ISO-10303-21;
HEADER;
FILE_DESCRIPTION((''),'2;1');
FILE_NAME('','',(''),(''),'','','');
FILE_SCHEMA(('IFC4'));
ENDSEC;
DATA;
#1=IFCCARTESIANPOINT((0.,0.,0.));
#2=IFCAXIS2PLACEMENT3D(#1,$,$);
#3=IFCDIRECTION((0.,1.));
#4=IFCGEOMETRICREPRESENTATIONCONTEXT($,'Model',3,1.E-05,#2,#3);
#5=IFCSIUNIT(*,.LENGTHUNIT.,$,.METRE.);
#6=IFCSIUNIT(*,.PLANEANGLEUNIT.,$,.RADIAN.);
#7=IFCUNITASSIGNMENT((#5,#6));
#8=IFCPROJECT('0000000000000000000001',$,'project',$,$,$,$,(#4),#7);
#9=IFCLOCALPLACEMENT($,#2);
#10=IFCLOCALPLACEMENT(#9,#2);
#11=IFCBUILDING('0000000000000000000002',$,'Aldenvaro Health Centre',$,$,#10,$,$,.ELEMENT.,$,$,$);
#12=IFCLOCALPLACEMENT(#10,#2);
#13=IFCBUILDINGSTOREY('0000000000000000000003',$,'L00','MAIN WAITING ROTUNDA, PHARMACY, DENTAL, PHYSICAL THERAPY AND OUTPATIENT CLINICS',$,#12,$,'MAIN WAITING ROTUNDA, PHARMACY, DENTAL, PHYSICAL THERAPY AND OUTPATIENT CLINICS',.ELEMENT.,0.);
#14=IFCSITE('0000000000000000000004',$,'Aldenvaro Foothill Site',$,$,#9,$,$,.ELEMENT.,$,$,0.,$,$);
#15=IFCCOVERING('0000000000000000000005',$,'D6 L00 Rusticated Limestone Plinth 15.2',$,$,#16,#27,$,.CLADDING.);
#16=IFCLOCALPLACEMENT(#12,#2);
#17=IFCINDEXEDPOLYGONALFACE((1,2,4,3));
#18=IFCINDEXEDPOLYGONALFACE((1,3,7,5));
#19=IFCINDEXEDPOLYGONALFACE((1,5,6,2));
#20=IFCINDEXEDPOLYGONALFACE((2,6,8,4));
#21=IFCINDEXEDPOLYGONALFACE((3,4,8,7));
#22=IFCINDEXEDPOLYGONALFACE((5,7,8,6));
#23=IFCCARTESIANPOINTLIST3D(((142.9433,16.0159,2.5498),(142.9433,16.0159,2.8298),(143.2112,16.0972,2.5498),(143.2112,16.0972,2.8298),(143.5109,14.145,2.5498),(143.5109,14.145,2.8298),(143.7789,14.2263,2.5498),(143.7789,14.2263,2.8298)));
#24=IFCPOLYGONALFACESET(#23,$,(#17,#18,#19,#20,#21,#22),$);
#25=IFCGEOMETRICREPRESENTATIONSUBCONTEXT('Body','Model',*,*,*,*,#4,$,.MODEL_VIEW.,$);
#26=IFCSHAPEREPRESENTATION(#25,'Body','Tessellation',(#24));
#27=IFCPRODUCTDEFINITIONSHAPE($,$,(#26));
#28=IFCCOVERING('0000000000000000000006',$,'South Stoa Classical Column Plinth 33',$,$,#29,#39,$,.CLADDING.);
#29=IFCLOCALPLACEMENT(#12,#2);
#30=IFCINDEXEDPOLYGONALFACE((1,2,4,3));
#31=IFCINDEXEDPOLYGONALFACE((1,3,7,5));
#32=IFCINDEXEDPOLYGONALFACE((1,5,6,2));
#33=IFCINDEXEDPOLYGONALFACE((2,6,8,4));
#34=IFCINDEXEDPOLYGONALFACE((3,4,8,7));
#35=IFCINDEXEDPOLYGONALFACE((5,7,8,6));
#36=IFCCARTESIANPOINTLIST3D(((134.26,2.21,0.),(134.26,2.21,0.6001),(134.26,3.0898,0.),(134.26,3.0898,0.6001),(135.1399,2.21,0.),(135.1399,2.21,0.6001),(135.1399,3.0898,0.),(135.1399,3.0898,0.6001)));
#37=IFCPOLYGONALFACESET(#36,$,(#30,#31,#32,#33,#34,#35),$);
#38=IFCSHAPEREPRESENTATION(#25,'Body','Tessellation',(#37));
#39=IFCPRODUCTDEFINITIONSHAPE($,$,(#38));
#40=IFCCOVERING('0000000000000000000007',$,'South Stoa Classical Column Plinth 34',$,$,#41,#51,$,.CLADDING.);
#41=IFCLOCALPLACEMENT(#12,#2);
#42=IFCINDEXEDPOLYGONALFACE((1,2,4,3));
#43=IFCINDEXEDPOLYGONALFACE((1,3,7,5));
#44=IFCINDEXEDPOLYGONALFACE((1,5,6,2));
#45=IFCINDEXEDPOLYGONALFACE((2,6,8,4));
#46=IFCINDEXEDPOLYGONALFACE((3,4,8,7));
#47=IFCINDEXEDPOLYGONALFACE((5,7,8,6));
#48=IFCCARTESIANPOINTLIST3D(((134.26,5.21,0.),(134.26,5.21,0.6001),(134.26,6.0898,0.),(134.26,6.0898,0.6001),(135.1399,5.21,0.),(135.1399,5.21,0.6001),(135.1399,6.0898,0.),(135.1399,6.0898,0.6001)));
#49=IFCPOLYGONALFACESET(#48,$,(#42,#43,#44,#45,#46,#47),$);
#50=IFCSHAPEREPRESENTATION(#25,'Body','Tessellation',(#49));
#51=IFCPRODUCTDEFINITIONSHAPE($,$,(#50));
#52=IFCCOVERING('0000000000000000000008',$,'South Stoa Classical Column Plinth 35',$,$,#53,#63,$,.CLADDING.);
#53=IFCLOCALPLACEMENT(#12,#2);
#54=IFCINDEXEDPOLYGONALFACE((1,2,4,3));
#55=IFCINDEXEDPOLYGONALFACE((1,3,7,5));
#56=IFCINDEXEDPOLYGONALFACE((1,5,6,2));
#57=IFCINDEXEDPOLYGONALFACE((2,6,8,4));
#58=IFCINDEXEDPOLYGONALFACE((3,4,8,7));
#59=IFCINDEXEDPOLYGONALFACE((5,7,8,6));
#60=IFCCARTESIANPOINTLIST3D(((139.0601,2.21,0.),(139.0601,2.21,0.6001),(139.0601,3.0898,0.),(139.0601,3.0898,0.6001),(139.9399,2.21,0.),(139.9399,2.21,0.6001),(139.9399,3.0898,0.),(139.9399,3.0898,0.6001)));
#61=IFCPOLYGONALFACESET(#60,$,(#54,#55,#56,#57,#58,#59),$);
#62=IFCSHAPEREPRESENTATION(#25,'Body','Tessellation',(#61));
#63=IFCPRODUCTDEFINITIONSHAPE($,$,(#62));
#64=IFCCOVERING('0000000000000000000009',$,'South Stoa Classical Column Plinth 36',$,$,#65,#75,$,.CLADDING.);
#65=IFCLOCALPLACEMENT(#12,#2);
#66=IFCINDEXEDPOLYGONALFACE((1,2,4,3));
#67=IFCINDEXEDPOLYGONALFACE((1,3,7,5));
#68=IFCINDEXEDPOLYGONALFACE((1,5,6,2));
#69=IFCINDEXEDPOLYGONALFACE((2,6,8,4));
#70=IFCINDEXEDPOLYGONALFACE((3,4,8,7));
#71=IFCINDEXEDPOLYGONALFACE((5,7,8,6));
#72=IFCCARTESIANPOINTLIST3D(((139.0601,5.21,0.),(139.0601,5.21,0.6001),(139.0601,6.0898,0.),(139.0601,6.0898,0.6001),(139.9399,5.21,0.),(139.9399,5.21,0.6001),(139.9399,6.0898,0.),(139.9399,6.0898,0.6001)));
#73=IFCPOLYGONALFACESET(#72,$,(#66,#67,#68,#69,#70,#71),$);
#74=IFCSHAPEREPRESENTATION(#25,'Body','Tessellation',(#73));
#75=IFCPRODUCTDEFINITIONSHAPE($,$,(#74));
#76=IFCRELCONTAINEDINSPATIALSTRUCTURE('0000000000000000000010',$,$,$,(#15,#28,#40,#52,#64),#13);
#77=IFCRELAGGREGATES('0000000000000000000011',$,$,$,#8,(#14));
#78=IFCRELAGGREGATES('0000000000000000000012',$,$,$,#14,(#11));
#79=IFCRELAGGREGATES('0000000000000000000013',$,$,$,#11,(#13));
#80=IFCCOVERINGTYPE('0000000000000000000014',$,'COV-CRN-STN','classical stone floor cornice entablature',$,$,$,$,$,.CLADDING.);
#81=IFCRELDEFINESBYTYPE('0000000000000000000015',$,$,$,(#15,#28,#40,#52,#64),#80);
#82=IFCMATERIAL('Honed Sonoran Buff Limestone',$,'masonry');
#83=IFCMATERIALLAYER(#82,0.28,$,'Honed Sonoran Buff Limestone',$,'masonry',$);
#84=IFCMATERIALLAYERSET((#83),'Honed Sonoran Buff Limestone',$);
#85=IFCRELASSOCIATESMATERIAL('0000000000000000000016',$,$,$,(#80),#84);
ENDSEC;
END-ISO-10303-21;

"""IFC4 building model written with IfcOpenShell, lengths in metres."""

from ifc_helpers import new_model, si_unit, direction, frame, origin, origin_2d, place, context, subcontext, project, spatial, rectangle, extrude, material, layer, layer_set, type_object, element, save


model = new_model("IFC4")

# Units and contexts
model_context = context("Model", 3, precision=1e-05, world=origin(), true_north=direction((0.0, 1.0)))
body_context = subcontext(model_context, "Body", "Model", "MODEL_VIEW")
ifc_project = project(units=[si_unit("LENGTHUNIT", "METRE"), si_unit("PLANEANGLEUNIT", "RADIAN")], contexts=[model_context])

# Site, building, storey
site_placement = place(None, origin())
site = spatial("IfcSite", under=ifc_project, at=site_placement, Name="Aldenvaro Foothill Site", CompositionType="ELEMENT", RefElevation=0.0)
building_placement = place(site_placement, origin())
building = spatial("IfcBuilding", under=site, at=building_placement, Name="Aldenvaro Health Centre", CompositionType="ELEMENT")
storey_placement = place(building_placement, origin())
storey = spatial("IfcBuildingStorey", under=building, at=storey_placement, Name="L00", Description="MAIN WAITING ROTUNDA, PHARMACY, DENTAL, PHYSICAL THERAPY AND OUTPATIENT CLINICS", LongName="MAIN WAITING ROTUNDA, PHARMACY, DENTAL, PHYSICAL THERAPY AND OUTPATIENT CLINICS", CompositionType="ELEMENT", Elevation=0.0)

# Coverings
ifc_material_1 = material(Name="Honed Sonoran Buff Limestone", Category="masonry")
ifc_layer_1 = layer(ifc_material_1, 0.28, Name="Honed Sonoran Buff Limestone", Category="masonry")
ifc_layer_set_1 = layer_set([ifc_layer_1], Name="Honed Sonoran Buff Limestone")
covering_type = type_object("IfcCoveringType", Name="COV-CRN-STN", Description="classical stone floor cornice entablature", PredefinedType="CLADDING", material=ifc_layer_set_1)
covering_1_placement = place(storey_placement, frame((143.3611, 15.1211, 2.5498), z_axis=(0.0, 0.0, 1.0), x_axis=(-0.290343, 0.956923, 0.0)))
element("IfcCovering", 1, at=covering_1_placement, inside=storey, type_object=covering_type, Name="D6 L00 Rusticated Limestone Plinth 15.2", PredefinedType="CLADDING", context=body_context, shape_type="SweptSolid", body=[
    extrude(rectangle(XDim=1.9551, YDim=0.28, at=origin_2d()), origin(), (0.0, 0.0, 1.0), 0.28),
])
for number, where, z_axis, x_axis, name in (
    (2, (134.7, 2.6499, 0.0), (0.0, 0.0, 1.0), (1.0, 0.0, 0.0), "South Stoa Classical Column Plinth 33"),
    (3, (134.7, 5.6499, 0.0), (0.0, 0.0, 1.0), (1.0, 0.0, 0.0), "South Stoa Classical Column Plinth 34"),
    (4, (139.5, 2.6499, 0.0), (0.0, 0.0, 1.0), (1.0, 0.0, 0.0), "South Stoa Classical Column Plinth 35"),
    (5, (139.5, 5.6499, 0.0), (0.0, 0.0, 1.0), (1.0, 0.0, 0.0), "South Stoa Classical Column Plinth 36"),
):
    element("IfcCovering", number, at=place(storey_placement, frame(where, z_axis=z_axis, x_axis=x_axis)), inside=storey, type_object=covering_type, Name=name, PredefinedType="CLADDING", context=body_context, shape_type="SweptSolid", body=[
        extrude(rectangle(XDim=0.8799, YDim=0.8799, at=origin_2d()), origin(), (0.0, 0.0, 1.0), 0.6001),
    ])

save(model, "model.ifc")
